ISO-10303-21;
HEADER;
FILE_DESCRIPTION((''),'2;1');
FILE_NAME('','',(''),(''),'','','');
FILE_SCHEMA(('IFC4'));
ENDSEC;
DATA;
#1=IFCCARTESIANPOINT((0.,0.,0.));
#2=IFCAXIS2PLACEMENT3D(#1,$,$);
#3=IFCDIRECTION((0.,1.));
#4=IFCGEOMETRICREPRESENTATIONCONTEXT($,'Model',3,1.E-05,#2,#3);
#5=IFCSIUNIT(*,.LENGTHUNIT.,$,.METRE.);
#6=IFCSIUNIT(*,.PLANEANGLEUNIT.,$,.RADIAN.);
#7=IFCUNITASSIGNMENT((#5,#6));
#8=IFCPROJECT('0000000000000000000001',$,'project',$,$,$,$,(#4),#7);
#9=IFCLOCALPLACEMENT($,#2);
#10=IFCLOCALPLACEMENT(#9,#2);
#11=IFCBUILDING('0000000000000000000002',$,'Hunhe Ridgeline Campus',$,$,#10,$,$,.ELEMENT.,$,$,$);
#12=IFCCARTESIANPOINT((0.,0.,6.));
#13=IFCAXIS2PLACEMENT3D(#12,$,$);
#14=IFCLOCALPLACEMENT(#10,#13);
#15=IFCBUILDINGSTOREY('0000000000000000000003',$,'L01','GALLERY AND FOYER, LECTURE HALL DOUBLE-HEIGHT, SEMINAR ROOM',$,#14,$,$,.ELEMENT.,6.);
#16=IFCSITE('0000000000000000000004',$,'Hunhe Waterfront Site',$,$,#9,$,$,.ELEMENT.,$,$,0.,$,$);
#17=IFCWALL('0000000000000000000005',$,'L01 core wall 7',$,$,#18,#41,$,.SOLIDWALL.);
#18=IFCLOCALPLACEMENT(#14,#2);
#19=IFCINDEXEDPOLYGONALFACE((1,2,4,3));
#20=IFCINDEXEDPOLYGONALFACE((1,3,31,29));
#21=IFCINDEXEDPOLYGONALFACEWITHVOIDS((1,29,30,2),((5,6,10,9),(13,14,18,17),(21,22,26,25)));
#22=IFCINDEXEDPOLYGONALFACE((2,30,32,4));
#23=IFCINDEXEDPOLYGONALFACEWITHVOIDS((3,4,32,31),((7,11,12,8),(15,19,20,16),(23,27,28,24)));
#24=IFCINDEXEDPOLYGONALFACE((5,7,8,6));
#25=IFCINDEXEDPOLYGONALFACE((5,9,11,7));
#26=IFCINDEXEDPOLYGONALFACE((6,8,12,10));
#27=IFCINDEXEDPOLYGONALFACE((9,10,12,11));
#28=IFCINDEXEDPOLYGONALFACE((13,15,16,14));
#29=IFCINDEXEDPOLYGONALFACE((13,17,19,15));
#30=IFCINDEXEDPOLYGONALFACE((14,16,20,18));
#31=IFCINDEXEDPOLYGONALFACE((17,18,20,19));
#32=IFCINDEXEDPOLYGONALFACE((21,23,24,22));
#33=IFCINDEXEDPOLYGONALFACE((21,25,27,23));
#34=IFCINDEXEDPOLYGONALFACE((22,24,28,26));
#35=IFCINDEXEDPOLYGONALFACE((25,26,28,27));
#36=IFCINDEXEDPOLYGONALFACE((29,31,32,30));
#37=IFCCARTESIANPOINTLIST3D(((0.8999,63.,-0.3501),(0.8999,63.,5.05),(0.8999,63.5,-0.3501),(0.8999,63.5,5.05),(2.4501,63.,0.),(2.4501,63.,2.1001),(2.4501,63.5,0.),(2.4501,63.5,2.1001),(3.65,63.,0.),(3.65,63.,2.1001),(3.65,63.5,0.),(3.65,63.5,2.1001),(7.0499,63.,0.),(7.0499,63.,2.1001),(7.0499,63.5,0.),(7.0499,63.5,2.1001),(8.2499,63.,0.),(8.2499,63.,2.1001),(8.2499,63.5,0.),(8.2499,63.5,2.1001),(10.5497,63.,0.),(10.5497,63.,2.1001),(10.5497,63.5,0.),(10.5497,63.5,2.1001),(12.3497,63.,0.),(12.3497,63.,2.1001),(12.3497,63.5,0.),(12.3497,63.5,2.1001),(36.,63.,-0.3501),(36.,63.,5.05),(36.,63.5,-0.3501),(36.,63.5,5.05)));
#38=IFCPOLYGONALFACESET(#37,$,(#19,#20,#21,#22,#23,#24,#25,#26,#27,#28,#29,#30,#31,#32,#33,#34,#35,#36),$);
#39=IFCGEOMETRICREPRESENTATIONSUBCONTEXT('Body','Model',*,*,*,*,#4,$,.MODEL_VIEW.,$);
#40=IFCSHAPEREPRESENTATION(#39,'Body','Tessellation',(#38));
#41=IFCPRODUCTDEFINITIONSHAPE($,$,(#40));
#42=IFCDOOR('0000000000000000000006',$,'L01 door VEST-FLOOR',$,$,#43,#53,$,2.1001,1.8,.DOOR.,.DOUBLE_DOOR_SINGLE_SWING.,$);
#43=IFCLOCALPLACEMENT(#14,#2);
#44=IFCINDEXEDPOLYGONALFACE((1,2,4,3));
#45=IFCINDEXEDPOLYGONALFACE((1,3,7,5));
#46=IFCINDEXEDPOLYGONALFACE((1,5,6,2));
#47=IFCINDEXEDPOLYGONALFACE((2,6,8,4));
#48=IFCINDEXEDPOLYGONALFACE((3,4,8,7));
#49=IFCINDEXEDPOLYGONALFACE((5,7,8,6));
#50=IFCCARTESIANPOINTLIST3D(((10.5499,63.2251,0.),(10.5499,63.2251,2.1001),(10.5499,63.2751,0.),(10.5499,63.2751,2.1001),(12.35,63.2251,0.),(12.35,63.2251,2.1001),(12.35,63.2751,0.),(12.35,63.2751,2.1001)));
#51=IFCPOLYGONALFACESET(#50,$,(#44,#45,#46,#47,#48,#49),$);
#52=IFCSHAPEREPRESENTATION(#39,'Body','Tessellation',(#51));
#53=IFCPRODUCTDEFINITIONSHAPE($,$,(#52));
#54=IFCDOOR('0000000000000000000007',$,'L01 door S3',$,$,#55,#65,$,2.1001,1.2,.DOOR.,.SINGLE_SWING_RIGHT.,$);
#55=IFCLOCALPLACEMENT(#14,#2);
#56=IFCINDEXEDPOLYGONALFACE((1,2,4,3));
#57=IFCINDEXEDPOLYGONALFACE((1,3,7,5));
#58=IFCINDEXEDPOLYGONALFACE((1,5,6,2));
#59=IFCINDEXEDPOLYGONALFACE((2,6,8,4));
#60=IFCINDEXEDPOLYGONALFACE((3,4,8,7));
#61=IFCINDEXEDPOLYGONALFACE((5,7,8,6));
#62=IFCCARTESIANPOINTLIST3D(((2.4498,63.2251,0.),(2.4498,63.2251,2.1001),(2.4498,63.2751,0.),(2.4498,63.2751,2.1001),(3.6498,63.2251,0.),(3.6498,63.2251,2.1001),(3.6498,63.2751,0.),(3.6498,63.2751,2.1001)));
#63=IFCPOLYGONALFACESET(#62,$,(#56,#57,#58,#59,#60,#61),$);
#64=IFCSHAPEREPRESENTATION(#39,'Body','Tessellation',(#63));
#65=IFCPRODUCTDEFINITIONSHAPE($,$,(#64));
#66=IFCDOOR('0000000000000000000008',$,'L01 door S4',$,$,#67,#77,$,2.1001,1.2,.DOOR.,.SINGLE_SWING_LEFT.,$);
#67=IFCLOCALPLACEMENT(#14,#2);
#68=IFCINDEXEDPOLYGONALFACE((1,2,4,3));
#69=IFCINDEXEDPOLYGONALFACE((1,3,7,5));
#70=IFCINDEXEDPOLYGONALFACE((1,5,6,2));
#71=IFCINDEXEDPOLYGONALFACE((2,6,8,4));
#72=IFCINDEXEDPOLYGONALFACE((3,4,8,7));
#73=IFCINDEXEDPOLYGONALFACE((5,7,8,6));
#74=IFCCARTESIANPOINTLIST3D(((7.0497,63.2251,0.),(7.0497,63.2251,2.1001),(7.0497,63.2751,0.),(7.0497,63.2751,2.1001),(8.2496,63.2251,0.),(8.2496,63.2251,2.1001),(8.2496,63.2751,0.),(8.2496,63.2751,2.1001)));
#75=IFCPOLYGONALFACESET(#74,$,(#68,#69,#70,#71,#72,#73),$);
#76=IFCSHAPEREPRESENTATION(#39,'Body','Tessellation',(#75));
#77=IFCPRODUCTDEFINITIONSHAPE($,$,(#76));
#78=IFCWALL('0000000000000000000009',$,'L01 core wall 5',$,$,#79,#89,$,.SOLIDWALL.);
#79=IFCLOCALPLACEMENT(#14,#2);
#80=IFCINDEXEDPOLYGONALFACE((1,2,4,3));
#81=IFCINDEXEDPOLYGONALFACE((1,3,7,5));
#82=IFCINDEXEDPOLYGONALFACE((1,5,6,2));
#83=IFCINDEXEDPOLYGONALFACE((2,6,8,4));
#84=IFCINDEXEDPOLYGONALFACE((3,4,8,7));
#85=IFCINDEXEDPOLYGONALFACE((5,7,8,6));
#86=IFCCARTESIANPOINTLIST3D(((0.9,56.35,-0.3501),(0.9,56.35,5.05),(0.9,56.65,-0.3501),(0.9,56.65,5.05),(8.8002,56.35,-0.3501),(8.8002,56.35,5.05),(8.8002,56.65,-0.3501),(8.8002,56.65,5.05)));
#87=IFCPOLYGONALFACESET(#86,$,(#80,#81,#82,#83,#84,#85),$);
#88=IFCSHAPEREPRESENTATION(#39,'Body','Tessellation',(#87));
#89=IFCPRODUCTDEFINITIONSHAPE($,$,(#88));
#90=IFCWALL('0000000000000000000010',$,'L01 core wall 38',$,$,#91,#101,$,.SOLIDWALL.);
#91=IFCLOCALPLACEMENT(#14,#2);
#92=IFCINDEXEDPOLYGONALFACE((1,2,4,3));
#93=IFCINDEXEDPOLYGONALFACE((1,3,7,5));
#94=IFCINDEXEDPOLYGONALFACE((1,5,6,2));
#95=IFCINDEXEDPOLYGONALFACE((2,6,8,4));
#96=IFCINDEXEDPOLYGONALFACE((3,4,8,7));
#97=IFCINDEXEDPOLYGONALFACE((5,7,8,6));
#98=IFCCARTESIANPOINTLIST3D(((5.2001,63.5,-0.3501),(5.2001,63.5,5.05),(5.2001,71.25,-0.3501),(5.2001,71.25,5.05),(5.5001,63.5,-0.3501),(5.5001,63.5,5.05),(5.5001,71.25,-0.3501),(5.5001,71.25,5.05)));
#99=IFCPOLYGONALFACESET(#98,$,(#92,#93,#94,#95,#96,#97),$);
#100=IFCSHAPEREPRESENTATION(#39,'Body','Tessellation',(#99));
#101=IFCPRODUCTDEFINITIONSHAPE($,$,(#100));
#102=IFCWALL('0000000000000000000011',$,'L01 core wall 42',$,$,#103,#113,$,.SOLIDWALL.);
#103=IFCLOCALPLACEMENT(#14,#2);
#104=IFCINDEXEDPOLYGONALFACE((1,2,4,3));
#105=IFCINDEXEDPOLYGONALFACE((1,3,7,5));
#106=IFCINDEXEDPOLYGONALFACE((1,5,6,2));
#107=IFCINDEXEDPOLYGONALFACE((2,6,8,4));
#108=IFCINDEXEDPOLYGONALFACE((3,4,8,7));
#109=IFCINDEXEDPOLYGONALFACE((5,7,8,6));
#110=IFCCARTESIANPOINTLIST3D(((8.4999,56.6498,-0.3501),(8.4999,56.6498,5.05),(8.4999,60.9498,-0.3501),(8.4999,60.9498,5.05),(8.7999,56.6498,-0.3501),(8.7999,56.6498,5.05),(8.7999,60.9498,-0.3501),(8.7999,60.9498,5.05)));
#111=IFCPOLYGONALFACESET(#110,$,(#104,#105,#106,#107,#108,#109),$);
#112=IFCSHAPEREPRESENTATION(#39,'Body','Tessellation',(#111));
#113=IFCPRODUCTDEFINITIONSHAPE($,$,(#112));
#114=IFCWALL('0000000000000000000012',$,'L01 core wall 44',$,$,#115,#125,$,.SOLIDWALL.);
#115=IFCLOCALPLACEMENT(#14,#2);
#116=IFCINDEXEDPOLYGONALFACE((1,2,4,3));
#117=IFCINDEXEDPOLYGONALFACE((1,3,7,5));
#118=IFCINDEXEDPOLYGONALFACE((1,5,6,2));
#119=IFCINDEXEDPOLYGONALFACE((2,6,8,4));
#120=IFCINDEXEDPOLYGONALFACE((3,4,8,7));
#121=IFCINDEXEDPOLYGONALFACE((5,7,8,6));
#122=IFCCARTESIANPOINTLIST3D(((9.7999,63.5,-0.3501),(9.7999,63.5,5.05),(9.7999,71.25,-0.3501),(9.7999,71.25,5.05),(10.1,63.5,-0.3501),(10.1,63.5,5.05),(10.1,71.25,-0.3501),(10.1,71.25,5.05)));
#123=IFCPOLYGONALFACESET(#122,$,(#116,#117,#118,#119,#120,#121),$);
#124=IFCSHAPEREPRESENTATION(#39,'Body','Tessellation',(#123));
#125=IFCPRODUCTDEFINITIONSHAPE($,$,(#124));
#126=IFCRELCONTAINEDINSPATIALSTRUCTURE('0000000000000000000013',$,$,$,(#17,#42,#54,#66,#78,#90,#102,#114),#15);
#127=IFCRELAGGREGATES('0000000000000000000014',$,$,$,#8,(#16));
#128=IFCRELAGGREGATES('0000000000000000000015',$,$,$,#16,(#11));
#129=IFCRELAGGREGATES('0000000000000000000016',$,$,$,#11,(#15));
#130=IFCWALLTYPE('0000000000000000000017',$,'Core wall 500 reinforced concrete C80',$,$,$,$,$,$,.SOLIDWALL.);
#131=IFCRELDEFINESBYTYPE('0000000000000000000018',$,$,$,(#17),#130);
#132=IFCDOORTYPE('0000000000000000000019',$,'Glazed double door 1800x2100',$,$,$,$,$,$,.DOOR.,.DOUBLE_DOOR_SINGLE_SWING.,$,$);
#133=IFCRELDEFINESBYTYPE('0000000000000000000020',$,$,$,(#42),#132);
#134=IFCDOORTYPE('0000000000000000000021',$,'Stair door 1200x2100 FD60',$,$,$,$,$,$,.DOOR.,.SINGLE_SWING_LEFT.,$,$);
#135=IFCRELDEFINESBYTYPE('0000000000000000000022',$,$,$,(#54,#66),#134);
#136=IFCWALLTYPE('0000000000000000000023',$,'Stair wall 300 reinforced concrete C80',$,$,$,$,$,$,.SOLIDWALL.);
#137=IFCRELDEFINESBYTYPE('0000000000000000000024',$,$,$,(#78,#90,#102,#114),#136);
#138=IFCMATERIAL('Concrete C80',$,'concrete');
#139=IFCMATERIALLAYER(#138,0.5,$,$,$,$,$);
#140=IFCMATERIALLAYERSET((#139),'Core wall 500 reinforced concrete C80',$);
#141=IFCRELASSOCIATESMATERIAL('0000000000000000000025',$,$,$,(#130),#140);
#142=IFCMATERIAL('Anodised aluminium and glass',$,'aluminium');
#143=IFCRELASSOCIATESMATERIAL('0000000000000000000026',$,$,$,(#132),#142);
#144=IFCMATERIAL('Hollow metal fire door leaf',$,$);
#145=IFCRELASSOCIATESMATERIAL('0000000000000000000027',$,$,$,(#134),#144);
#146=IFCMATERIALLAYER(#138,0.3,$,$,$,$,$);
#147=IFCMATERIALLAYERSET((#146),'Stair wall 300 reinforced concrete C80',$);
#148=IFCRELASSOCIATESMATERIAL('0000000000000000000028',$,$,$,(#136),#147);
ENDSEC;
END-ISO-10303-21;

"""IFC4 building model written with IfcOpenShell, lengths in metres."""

from ifc_helpers import new_model, si_unit, direction, frame, frame_2d, origin, place, context, subcontext, project, spatial, rectangle, extrude, material, layer, layer_set, type_object, element, fill, save


model = new_model("IFC4")

# Units and contexts
model_context = context("Model", 3, precision=1e-05, world=origin(), true_north=direction((0.0, 1.0)))
body_context = subcontext(model_context, "Body", "Model", "MODEL_VIEW")
ifc_project = project(units=[si_unit("LENGTHUNIT", "METRE"), si_unit("PLANEANGLEUNIT", "RADIAN")], contexts=[model_context])

# Site, building, storey
site_placement = place(None, origin())
site = spatial("IfcSite", under=ifc_project, at=site_placement, Name="Hunhe Waterfront Site", CompositionType="ELEMENT", RefElevation=0.0)
building_placement = place(site_placement, origin())
building = spatial("IfcBuilding", under=site, at=building_placement, Name="Hunhe Ridgeline Campus", CompositionType="ELEMENT")
storey_placement = place(building_placement, frame((0.0, 0.0, 6.0)))
storey = spatial("IfcBuildingStorey", under=building, at=storey_placement, Name="L01", Description="GALLERY AND FOYER, LECTURE HALL DOUBLE-HEIGHT, SEMINAR ROOM", CompositionType="ELEMENT", Elevation=6.0)

# Wall, openings, doors
ifc_material_1 = material(Name="Concrete C80", Category="concrete")
ifc_layer_1 = layer(ifc_material_1, 0.5)
ifc_layer_set_1 = layer_set([ifc_layer_1], Name="Core wall 500 reinforced concrete C80")
wall_type_1 = type_object("IfcWallType", Name="Core wall 500 reinforced concrete C80", PredefinedType="SOLIDWALL", material=ifc_layer_set_1)
wall_1_placement = place(storey_placement, frame((0.8999, 63.25, -0.3501), z_axis=(0.0, 0.0, 1.0), x_axis=(1.0, 0.0, 0.0)))
wall_1 = element("IfcWall", 1, at=wall_1_placement, inside=storey, type_object=wall_type_1, Name="L01 core wall 7", PredefinedType="SOLIDWALL", context=body_context, shape_type="SweptSolid", body=[
    extrude(rectangle(XDim=35.1001, YDim=0.5, at=frame_2d((17.55, 0.0))), origin(), (0.0, 0.0, 1.0), 5.4001),
])
opening_1_placement = place(wall_1_placement, frame((9.6499, 0.0, 0.3501)))
opening_1 = element("IfcOpeningElement", 2, at=opening_1_placement, cuts=wall_1, PredefinedType="OPENING", context=body_context, shape_type="SweptSolid", body=[
    extrude(rectangle(XDim=1.8, YDim=2.1001, at=frame_2d((0.8999, 1.05))), frame((0.0, 0.25, 0.0), z_axis=(0.0, -1.0, 0.0), x_axis=(1.0, 0.0, 0.0)), (0.0, 0.0, 1.0), 0.5),
])
opening_2_placement = place(wall_1_placement, frame((1.55, 0.0, 0.3501)))
opening_2 = element("IfcOpeningElement", 3, at=opening_2_placement, cuts=wall_1, PredefinedType="OPENING", context=body_context, shape_type="SweptSolid", body=[
    extrude(rectangle(XDim=1.2, YDim=2.1001, at=frame_2d((0.6001, 1.05))), frame((0.0, 0.25, 0.0), z_axis=(0.0, -1.0, 0.0), x_axis=(1.0, 0.0, 0.0)), (0.0, 0.0, 1.0), 0.5),
])
opening_3_placement = place(wall_1_placement, frame((6.1499, 0.0, 0.3501)))
opening_3 = element("IfcOpeningElement", 4, at=opening_3_placement, cuts=wall_1, PredefinedType="OPENING", context=body_context, shape_type="SweptSolid", body=[
    extrude(rectangle(XDim=1.2, YDim=2.1001, at=frame_2d((0.6001, 1.05))), frame((0.0, 0.25, 0.0), z_axis=(0.0, -1.0, 0.0), x_axis=(1.0, 0.0, 0.0)), (0.0, 0.0, 1.0), 0.5),
])
ifc_material_2 = material(Name="Anodised aluminium and glass", Category="aluminium")
door_type_1 = type_object("IfcDoorType", Name="Glazed double door 1800x2100", OperationType="DOUBLE_DOOR_SINGLE_SWING", PredefinedType="DOOR", material=ifc_material_2)
door_1_placement = place(opening_1_placement, frame((1.8, 0.0, 0.0), z_axis=(0.0, 0.0, 1.0), x_axis=(-1.0, 0.0, 0.0)))
door_1 = element("IfcDoor", 5, at=door_1_placement, inside=storey, type_object=door_type_1, Name="L01 door VEST-FLOOR", OperationType="DOUBLE_DOOR_SINGLE_SWING", OverallHeight=2.1001, OverallWidth=1.8, PredefinedType="DOOR", context=body_context, shape_type="SweptSolid", body=[
    extrude(rectangle(XDim=1.8, YDim=2.1001, at=frame_2d((0.8999, 1.05))), frame((0.0, 0.0249, 0.0), z_axis=(0.0, -1.0, 0.0), x_axis=(1.0, 0.0, 0.0)), (0.0, 0.0, 1.0), 0.05),
])
fill(opening_1, door_1)
ifc_material_3 = material(Name="Hollow metal fire door leaf")
door_type_2 = type_object("IfcDoorType", Name="Stair door 1200x2100 FD60", OperationType="SINGLE_SWING_LEFT", PredefinedType="DOOR", material=ifc_material_3)
door_2_placement = place(opening_2_placement, frame((1.2, 0.0, 0.0), z_axis=(0.0, 0.0, 1.0), x_axis=(-1.0, 0.0, 0.0)))
door_2 = element("IfcDoor", 6, at=door_2_placement, inside=storey, type_object=door_type_2, Name="L01 door S3", OperationType="SINGLE_SWING_RIGHT", OverallHeight=2.1001, OverallWidth=1.2, PredefinedType="DOOR", context=body_context, shape_type="SweptSolid", body=[
    extrude(rectangle(XDim=1.2, YDim=2.1001, at=frame_2d((0.6001, 1.05))), frame((0.0, 0.0249, 0.0), z_axis=(0.0, -1.0, 0.0), x_axis=(1.0, 0.0, 0.0)), (0.0, 0.0, 1.0), 0.05),
])
fill(opening_2, door_2)
door_3_placement = place(opening_3_placement, frame((1.2, 0.0, 0.0), z_axis=(0.0, 0.0, 1.0), x_axis=(-1.0, 0.0, 0.0)))
door_3 = element("IfcDoor", 7, at=door_3_placement, inside=storey, type_object=door_type_2, Name="L01 door S4", OperationType="SINGLE_SWING_LEFT", OverallHeight=2.1001, OverallWidth=1.2, PredefinedType="DOOR", context=body_context, shape_type="SweptSolid", body=[
    extrude(rectangle(XDim=1.2, YDim=2.1001, at=frame_2d((0.6001, 1.05))), frame((0.0, 0.0249, 0.0), z_axis=(0.0, -1.0, 0.0), x_axis=(1.0, 0.0, 0.0)), (0.0, 0.0, 1.0), 0.05),
])
fill(opening_3, door_3)

# Wall
ifc_layer_2 = layer(ifc_material_1, 0.3)
ifc_layer_set_2 = layer_set([ifc_layer_2], Name="Stair wall 300 reinforced concrete C80")
wall_type_2 = type_object("IfcWallType", Name="Stair wall 300 reinforced concrete C80", PredefinedType="SOLIDWALL", material=ifc_layer_set_2)
wall_2_placement = place(storey_placement, frame((0.8999, 56.5, -0.3501), z_axis=(0.0, 0.0, 1.0), x_axis=(1.0, 0.0, 0.0)))
element("IfcWall", 8, at=wall_2_placement, inside=storey, type_object=wall_type_2, Name="L01 core wall 5", PredefinedType="SOLIDWALL", context=body_context, shape_type="SweptSolid", body=[
    extrude(rectangle(XDim=7.9001, YDim=0.3, at=frame_2d((3.9502, 0.0))), origin(), (0.0, 0.0, 1.0), 5.4001),
])

# Walls
wall_3_placement = place(storey_placement, frame((5.3501, 63.5, -0.3501), z_axis=(0.0, 0.0, 1.0), x_axis=(0.0, 1.0, 0.0)))
element("IfcWall", 9, at=wall_3_placement, inside=storey, type_object=wall_type_2, Name="L01 core wall 38", PredefinedType="SOLIDWALL", context=body_context, shape_type="SweptSolid", body=[
    extrude(rectangle(XDim=7.75, YDim=0.3, at=frame_2d((3.875, 0.0))), origin(), (0.0, 0.0, 1.0), 5.4001),
])
wall_4_placement = place(storey_placement, frame((8.6499, 56.6499, -0.3501), z_axis=(0.0, 0.0, 1.0), x_axis=(0.0, 1.0, 0.0)))
element("IfcWall", 10, at=wall_4_placement, inside=storey, type_object=wall_type_2, Name="L01 core wall 42", PredefinedType="SOLIDWALL", context=body_context, shape_type="SweptSolid", body=[
    extrude(rectangle(XDim=4.3, YDim=0.3, at=frame_2d((2.1499, 0.0))), origin(), (0.0, 0.0, 1.0), 5.4001),
])
wall_5_placement = place(storey_placement, frame((9.95, 63.5, -0.3501), z_axis=(0.0, 0.0, 1.0), x_axis=(0.0, 1.0, 0.0)))
element("IfcWall", 11, at=wall_5_placement, inside=storey, type_object=wall_type_2, Name="L01 core wall 44", PredefinedType="SOLIDWALL", context=body_context, shape_type="SweptSolid", body=[
    extrude(rectangle(XDim=7.75, YDim=0.3, at=frame_2d((3.875, 0.0))), origin(), (0.0, 0.0, 1.0), 5.4001),
])

save(model, "model.ifc")
